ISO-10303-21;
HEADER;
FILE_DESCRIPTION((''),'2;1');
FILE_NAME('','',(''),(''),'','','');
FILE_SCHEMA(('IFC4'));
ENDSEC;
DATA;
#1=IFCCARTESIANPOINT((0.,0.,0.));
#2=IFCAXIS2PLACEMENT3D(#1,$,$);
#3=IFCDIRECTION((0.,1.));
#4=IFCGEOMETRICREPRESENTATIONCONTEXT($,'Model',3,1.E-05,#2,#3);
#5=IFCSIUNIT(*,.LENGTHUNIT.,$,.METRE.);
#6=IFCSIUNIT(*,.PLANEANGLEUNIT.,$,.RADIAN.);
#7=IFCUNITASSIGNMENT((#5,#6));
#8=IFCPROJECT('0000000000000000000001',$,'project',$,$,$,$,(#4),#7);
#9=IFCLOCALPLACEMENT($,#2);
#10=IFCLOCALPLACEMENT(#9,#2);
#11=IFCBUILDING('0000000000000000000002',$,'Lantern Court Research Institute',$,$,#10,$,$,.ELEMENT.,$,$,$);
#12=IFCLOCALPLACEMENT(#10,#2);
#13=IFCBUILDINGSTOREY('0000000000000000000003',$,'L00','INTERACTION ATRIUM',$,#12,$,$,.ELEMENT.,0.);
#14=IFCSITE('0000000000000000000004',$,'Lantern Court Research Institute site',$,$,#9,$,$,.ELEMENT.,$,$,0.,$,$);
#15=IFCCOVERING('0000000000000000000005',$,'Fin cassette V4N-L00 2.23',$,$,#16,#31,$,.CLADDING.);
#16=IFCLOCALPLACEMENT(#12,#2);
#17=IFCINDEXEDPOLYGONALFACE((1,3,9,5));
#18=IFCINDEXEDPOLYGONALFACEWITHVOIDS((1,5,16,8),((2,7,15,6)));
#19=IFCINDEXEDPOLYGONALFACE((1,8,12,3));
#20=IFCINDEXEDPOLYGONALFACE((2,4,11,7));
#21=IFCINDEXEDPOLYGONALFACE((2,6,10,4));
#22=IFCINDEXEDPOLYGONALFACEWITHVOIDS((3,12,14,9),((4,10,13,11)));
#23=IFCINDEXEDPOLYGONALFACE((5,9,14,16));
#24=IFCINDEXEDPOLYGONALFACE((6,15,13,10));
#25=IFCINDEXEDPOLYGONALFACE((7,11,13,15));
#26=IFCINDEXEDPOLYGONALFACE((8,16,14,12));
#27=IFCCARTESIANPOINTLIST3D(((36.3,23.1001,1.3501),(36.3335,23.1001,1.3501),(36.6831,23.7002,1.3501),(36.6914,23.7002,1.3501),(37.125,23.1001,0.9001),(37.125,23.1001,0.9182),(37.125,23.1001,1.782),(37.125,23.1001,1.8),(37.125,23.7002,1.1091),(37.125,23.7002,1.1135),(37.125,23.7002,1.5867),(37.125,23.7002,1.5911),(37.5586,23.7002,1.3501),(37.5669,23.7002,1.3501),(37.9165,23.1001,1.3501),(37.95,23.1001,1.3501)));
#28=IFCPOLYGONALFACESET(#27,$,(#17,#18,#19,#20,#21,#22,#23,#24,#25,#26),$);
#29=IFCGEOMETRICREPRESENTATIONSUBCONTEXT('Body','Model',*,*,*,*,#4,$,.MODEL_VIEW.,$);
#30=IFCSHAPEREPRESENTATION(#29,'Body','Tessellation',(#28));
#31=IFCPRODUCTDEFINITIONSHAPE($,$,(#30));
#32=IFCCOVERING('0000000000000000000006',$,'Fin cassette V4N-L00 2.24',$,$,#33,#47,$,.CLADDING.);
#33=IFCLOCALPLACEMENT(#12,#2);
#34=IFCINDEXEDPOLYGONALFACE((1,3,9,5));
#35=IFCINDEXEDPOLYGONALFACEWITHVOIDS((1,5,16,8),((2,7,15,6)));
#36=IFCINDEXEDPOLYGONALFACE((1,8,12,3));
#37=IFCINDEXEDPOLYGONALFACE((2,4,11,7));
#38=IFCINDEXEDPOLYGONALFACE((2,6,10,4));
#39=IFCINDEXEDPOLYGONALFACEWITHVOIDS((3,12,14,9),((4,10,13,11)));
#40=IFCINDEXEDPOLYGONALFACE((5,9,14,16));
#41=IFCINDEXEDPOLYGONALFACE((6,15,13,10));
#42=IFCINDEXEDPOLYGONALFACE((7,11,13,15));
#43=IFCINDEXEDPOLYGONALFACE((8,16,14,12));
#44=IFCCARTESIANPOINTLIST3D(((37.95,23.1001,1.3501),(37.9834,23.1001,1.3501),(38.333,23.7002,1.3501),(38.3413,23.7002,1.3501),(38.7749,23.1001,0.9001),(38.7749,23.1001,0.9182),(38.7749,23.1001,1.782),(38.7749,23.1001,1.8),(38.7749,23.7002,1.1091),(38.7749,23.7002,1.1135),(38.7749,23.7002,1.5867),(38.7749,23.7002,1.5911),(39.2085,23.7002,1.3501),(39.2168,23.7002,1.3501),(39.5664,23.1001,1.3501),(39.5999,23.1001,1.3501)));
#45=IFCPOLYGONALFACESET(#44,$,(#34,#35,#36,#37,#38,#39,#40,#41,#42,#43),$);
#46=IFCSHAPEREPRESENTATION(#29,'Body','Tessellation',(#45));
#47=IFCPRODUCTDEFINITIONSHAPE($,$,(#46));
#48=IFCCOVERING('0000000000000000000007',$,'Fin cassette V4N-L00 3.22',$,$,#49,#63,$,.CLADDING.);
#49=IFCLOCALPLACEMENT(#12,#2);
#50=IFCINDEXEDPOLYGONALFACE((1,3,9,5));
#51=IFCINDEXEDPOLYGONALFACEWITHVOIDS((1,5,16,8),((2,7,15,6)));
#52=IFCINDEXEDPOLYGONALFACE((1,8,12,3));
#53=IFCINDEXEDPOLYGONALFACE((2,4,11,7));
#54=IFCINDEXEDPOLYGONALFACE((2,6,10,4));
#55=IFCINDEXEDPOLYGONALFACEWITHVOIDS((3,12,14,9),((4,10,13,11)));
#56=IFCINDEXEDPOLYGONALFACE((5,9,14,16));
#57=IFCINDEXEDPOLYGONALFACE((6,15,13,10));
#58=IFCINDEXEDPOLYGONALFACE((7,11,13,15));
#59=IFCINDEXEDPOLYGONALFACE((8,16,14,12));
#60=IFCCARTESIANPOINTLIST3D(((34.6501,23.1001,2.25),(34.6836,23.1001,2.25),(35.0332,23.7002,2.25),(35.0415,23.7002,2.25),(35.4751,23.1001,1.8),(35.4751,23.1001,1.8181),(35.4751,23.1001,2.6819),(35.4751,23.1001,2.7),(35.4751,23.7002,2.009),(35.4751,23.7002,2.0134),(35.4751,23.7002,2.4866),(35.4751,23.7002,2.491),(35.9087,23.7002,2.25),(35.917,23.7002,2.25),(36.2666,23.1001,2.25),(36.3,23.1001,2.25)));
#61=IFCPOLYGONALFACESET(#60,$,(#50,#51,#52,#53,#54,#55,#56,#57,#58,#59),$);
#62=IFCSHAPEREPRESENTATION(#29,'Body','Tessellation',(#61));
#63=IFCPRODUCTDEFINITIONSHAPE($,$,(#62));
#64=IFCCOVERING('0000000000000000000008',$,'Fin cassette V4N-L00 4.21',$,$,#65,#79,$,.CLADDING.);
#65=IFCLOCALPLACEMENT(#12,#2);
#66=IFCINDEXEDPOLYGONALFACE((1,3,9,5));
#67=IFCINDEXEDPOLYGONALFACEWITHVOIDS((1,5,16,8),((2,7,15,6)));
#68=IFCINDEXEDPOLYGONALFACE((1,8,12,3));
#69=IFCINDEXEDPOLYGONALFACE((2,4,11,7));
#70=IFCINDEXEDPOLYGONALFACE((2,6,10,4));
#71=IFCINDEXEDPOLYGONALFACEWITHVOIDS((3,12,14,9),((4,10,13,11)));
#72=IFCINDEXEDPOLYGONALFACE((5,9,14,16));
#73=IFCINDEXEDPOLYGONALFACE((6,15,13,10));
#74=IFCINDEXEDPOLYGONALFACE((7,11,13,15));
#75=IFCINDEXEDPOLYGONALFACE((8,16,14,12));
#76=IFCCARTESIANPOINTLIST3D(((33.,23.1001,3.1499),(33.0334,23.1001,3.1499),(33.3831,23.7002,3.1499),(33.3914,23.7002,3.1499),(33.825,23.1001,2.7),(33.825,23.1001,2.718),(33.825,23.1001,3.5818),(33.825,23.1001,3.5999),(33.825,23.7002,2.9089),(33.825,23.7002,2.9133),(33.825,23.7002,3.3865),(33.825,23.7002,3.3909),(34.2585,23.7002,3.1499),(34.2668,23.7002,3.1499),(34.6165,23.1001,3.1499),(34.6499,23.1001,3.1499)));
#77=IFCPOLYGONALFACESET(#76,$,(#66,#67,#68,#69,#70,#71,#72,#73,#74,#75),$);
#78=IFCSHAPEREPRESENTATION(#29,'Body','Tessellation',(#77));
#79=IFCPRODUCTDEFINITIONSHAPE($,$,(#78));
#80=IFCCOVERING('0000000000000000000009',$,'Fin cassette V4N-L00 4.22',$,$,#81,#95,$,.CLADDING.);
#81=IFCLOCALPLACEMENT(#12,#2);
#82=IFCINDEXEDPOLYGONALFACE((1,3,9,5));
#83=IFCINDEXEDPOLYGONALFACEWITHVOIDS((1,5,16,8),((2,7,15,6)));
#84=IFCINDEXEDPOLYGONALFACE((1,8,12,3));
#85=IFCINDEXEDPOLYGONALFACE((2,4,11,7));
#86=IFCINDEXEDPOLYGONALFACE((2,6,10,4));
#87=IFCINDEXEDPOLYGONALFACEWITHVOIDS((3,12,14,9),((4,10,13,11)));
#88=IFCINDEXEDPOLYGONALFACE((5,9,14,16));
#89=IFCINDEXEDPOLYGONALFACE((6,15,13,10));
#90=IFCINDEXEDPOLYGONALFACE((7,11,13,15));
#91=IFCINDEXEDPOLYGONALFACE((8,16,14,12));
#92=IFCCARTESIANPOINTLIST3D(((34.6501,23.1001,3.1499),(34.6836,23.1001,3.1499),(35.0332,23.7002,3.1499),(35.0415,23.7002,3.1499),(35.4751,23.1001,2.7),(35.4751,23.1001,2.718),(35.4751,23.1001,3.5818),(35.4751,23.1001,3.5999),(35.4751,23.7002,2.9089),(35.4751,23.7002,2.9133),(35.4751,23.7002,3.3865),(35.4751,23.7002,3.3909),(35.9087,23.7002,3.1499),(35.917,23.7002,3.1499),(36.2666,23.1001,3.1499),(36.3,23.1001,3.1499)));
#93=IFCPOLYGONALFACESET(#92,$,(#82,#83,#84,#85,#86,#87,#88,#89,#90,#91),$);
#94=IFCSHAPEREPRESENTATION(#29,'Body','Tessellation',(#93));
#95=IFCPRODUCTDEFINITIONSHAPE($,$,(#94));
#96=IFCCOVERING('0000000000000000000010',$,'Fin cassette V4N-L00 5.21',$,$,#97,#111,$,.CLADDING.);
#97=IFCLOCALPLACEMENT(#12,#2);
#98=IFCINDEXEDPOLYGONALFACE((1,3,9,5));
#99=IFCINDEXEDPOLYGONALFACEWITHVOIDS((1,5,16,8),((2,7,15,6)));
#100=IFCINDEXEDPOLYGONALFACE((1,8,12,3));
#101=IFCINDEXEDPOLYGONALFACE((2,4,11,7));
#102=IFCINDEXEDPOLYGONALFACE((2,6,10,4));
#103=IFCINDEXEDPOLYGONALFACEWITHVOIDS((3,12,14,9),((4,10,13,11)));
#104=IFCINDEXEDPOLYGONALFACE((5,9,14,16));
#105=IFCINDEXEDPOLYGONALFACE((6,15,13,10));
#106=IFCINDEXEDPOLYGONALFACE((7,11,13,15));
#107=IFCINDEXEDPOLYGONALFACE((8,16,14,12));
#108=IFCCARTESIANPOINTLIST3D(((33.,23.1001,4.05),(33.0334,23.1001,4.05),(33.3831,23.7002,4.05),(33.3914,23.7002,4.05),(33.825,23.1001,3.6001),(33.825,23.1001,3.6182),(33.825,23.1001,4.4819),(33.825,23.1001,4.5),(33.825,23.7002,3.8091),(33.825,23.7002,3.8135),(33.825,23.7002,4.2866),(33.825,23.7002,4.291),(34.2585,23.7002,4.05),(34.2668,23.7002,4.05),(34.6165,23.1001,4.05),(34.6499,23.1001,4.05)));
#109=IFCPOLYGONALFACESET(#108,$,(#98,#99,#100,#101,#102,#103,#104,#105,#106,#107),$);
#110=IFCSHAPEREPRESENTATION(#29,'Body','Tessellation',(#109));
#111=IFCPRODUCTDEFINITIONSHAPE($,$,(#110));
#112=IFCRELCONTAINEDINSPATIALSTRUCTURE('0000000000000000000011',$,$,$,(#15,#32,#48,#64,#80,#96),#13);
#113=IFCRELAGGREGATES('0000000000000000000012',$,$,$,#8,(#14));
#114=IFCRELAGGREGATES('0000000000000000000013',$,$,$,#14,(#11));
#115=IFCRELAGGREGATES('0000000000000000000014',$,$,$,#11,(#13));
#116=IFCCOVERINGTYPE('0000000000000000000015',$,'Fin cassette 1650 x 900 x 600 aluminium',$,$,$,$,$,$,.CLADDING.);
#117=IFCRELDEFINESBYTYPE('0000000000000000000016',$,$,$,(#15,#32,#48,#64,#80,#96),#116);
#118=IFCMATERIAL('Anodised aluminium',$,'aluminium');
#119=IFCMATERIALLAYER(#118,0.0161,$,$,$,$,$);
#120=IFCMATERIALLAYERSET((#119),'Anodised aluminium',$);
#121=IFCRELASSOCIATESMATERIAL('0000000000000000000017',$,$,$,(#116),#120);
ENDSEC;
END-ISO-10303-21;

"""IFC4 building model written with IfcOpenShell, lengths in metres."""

from ifc_helpers import new_model, entity, si_unit, direction, frame, origin, place, context, subcontext, project, spatial, material, layer, layer_set, type_object, element, save


model = new_model("IFC4")

# Units and contexts
model_context = context("Model", 3, precision=1e-05, world=origin(), true_north=direction((0.0, 1.0)))
body_context = subcontext(model_context, "Body", "Model", "MODEL_VIEW")
ifc_project = project(units=[si_unit("LENGTHUNIT", "METRE"), si_unit("PLANEANGLEUNIT", "RADIAN")], contexts=[model_context])

# Site, building, storey
site_placement = place(None, origin())
site = spatial("IfcSite", under=ifc_project, at=site_placement, Name="Lantern Court Research Institute site", CompositionType="ELEMENT", RefElevation=0.0)
building_placement = place(site_placement, origin())
building = spatial("IfcBuilding", under=site, at=building_placement, Name="Lantern Court Research Institute", CompositionType="ELEMENT")
storey_placement = place(building_placement, origin())
storey = spatial("IfcBuildingStorey", under=building, at=storey_placement, Name="L00", Description="INTERACTION ATRIUM", CompositionType="ELEMENT", Elevation=0.0)

# Coverings
ifc_material_1 = material(Name="Anodised aluminium", Category="aluminium")
ifc_layer_1 = layer(ifc_material_1, 0.0161)
ifc_layer_set_1 = layer_set([ifc_layer_1], Name="Anodised aluminium")
covering_type = type_object("IfcCoveringType", Name="Fin cassette 1650 x 900 x 600 aluminium", PredefinedType="CLADDING", material=ifc_layer_set_1)
covering_1_placement = place(storey_placement, frame((37.125, 23.1001, 1.3501), z_axis=(0.0, 1.0, 0.0), x_axis=(-1.0, 0.0, 0.0)))
cartesian_point_1 = entity("IfcCartesianPoint", [0.825, 0.0])
cartesian_point_2 = entity("IfcCartesianPoint", [0.7915, 0.0])
cartesian_point_3 = entity("IfcCartesianPoint", [0.4419, 0.0])
cartesian_point_4 = entity("IfcCartesianPoint", [0.4336, 0.0])
element("IfcCovering", 1, at=covering_1_placement, inside=storey, type_object=covering_type, Name="Fin cassette V4N-L00 2.23", PredefinedType="CLADDING", context=body_context, shape_type="SweptSolid", body=[
    entity("IfcExtrudedAreaSolidTapered", entity("IfcArbitraryProfileDefWithVoids", "AREA", None, entity("IfcPolyline", [cartesian_point_1, entity("IfcCartesianPoint", [0.0, 0.45]), entity("IfcCartesianPoint", [-0.825, 0.0]), entity("IfcCartesianPoint", [0.0, -0.45]), cartesian_point_1]), [entity("IfcPolyline", [cartesian_point_2, entity("IfcCartesianPoint", [0.0, 0.4319]), entity("IfcCartesianPoint", [-0.7915, 0.0]), entity("IfcCartesianPoint", [0.0, -0.4319]), cartesian_point_2])]), entity("IfcAxis2Placement3D", entity("IfcCartesianPoint", [0.0, 0.0, 0.0])), entity("IfcDirection", [0.0, 0.0, 1.0]), 0.6001, entity("IfcArbitraryProfileDefWithVoids", "AREA", None, entity("IfcPolyline", [cartesian_point_3, entity("IfcCartesianPoint", [0.0, 0.241]), entity("IfcCartesianPoint", [-0.4419, 0.0]), entity("IfcCartesianPoint", [0.0, -0.241]), cartesian_point_3]), [entity("IfcPolyline", [cartesian_point_4, entity("IfcCartesianPoint", [0.0, 0.2366]), entity("IfcCartesianPoint", [-0.4336, 0.0]), entity("IfcCartesianPoint", [0.0, -0.2366]), cartesian_point_4])])),
])
covering_2_placement = place(storey_placement, frame((38.7749, 23.1001, 1.3501), z_axis=(0.0, 1.0, 0.0), x_axis=(-1.0, 0.0, 0.0)))
cartesian_point_5 = entity("IfcCartesianPoint", [0.825, 0.0])
cartesian_point_6 = entity("IfcCartesianPoint", [0.7915, 0.0])
cartesian_point_7 = entity("IfcCartesianPoint", [0.4419, 0.0])
cartesian_point_8 = entity("IfcCartesianPoint", [0.4336, 0.0])
element("IfcCovering", 2, at=covering_2_placement, inside=storey, type_object=covering_type, Name="Fin cassette V4N-L00 2.24", PredefinedType="CLADDING", context=body_context, shape_type="SweptSolid", body=[
    entity("IfcExtrudedAreaSolidTapered", entity("IfcArbitraryProfileDefWithVoids", "AREA", None, entity("IfcPolyline", [cartesian_point_5, entity("IfcCartesianPoint", [0.0, 0.45]), entity("IfcCartesianPoint", [-0.825, 0.0]), entity("IfcCartesianPoint", [0.0, -0.45]), cartesian_point_5]), [entity("IfcPolyline", [cartesian_point_6, entity("IfcCartesianPoint", [0.0, 0.4319]), entity("IfcCartesianPoint", [-0.7915, 0.0]), entity("IfcCartesianPoint", [0.0, -0.4319]), cartesian_point_6])]), entity("IfcAxis2Placement3D", entity("IfcCartesianPoint", [0.0, 0.0, 0.0])), entity("IfcDirection", [0.0, 0.0, 1.0]), 0.6001, entity("IfcArbitraryProfileDefWithVoids", "AREA", None, entity("IfcPolyline", [cartesian_point_7, entity("IfcCartesianPoint", [0.0, 0.241]), entity("IfcCartesianPoint", [-0.4419, 0.0]), entity("IfcCartesianPoint", [0.0, -0.241]), cartesian_point_7]), [entity("IfcPolyline", [cartesian_point_8, entity("IfcCartesianPoint", [0.0, 0.2366]), entity("IfcCartesianPoint", [-0.4336, 0.0]), entity("IfcCartesianPoint", [0.0, -0.2366]), cartesian_point_8])])),
])
covering_3_placement = place(storey_placement, frame((35.4751, 23.1001, 2.25), z_axis=(0.0, 1.0, 0.0), x_axis=(-1.0, 0.0, 0.0)))
cartesian_point_9 = entity("IfcCartesianPoint", [0.825, 0.0])
cartesian_point_10 = entity("IfcCartesianPoint", [0.7915, 0.0])
cartesian_point_11 = entity("IfcCartesianPoint", [0.4419, 0.0])
cartesian_point_12 = entity("IfcCartesianPoint", [0.4336, 0.0])
element("IfcCovering", 3, at=covering_3_placement, inside=storey, type_object=covering_type, Name="Fin cassette V4N-L00 3.22", PredefinedType="CLADDING", context=body_context, shape_type="SweptSolid", body=[
    entity("IfcExtrudedAreaSolidTapered", entity("IfcArbitraryProfileDefWithVoids", "AREA", None, entity("IfcPolyline", [cartesian_point_9, entity("IfcCartesianPoint", [0.0, 0.45]), entity("IfcCartesianPoint", [-0.825, 0.0]), entity("IfcCartesianPoint", [0.0, -0.45]), cartesian_point_9]), [entity("IfcPolyline", [cartesian_point_10, entity("IfcCartesianPoint", [0.0, 0.4319]), entity("IfcCartesianPoint", [-0.7915, 0.0]), entity("IfcCartesianPoint", [0.0, -0.4319]), cartesian_point_10])]), entity("IfcAxis2Placement3D", entity("IfcCartesianPoint", [0.0, 0.0, 0.0])), entity("IfcDirection", [0.0, 0.0, 1.0]), 0.6001, entity("IfcArbitraryProfileDefWithVoids", "AREA", None, entity("IfcPolyline", [cartesian_point_11, entity("IfcCartesianPoint", [0.0, 0.241]), entity("IfcCartesianPoint", [-0.4419, 0.0]), entity("IfcCartesianPoint", [0.0, -0.241]), cartesian_point_11]), [entity("IfcPolyline", [cartesian_point_12, entity("IfcCartesianPoint", [0.0, 0.2366]), entity("IfcCartesianPoint", [-0.4336, 0.0]), entity("IfcCartesianPoint", [0.0, -0.2366]), cartesian_point_12])])),
])
covering_4_placement = place(storey_placement, frame((33.825, 23.1001, 3.1499), z_axis=(0.0, 1.0, 0.0), x_axis=(-1.0, 0.0, 0.0)))
cartesian_point_13 = entity("IfcCartesianPoint", [0.825, 0.0])
cartesian_point_14 = entity("IfcCartesianPoint", [0.7915, 0.0])
cartesian_point_15 = entity("IfcCartesianPoint", [0.4419, 0.0])
cartesian_point_16 = entity("IfcCartesianPoint", [0.4336, 0.0])
element("IfcCovering", 4, at=covering_4_placement, inside=storey, type_object=covering_type, Name="Fin cassette V4N-L00 4.21", PredefinedType="CLADDING", context=body_context, shape_type="SweptSolid", body=[
    entity("IfcExtrudedAreaSolidTapered", entity("IfcArbitraryProfileDefWithVoids", "AREA", None, entity("IfcPolyline", [cartesian_point_13, entity("IfcCartesianPoint", [0.0, 0.45]), entity("IfcCartesianPoint", [-0.825, 0.0]), entity("IfcCartesianPoint", [0.0, -0.45]), cartesian_point_13]), [entity("IfcPolyline", [cartesian_point_14, entity("IfcCartesianPoint", [0.0, 0.4319]), entity("IfcCartesianPoint", [-0.7915, 0.0]), entity("IfcCartesianPoint", [0.0, -0.4319]), cartesian_point_14])]), entity("IfcAxis2Placement3D", entity("IfcCartesianPoint", [0.0, 0.0, 0.0])), entity("IfcDirection", [0.0, 0.0, 1.0]), 0.6001, entity("IfcArbitraryProfileDefWithVoids", "AREA", None, entity("IfcPolyline", [cartesian_point_15, entity("IfcCartesianPoint", [0.0, 0.241]), entity("IfcCartesianPoint", [-0.4419, 0.0]), entity("IfcCartesianPoint", [0.0, -0.241]), cartesian_point_15]), [entity("IfcPolyline", [cartesian_point_16, entity("IfcCartesianPoint", [0.0, 0.2366]), entity("IfcCartesianPoint", [-0.4336, 0.0]), entity("IfcCartesianPoint", [0.0, -0.2366]), cartesian_point_16])])),
])
covering_5_placement = place(storey_placement, frame((35.4751, 23.1001, 3.1499), z_axis=(0.0, 1.0, 0.0), x_axis=(-1.0, 0.0, 0.0)))
cartesian_point_17 = entity("IfcCartesianPoint", [0.825, 0.0])
cartesian_point_18 = entity("IfcCartesianPoint", [0.7915, 0.0])
cartesian_point_19 = entity("IfcCartesianPoint", [0.4419, 0.0])
cartesian_point_20 = entity("IfcCartesianPoint", [0.4336, 0.0])
element("IfcCovering", 5, at=covering_5_placement, inside=storey, type_object=covering_type, Name="Fin cassette V4N-L00 4.22", PredefinedType="CLADDING", context=body_context, shape_type="SweptSolid", body=[
    entity("IfcExtrudedAreaSolidTapered", entity("IfcArbitraryProfileDefWithVoids", "AREA", None, entity("IfcPolyline", [cartesian_point_17, entity("IfcCartesianPoint", [0.0, 0.45]), entity("IfcCartesianPoint", [-0.825, 0.0]), entity("IfcCartesianPoint", [0.0, -0.45]), cartesian_point_17]), [entity("IfcPolyline", [cartesian_point_18, entity("IfcCartesianPoint", [0.0, 0.4319]), entity("IfcCartesianPoint", [-0.7915, 0.0]), entity("IfcCartesianPoint", [0.0, -0.4319]), cartesian_point_18])]), entity("IfcAxis2Placement3D", entity("IfcCartesianPoint", [0.0, 0.0, 0.0])), entity("IfcDirection", [0.0, 0.0, 1.0]), 0.6001, entity("IfcArbitraryProfileDefWithVoids", "AREA", None, entity("IfcPolyline", [cartesian_point_19, entity("IfcCartesianPoint", [0.0, 0.241]), entity("IfcCartesianPoint", [-0.4419, 0.0]), entity("IfcCartesianPoint", [0.0, -0.241]), cartesian_point_19]), [entity("IfcPolyline", [cartesian_point_20, entity("IfcCartesianPoint", [0.0, 0.2366]), entity("IfcCartesianPoint", [-0.4336, 0.0]), entity("IfcCartesianPoint", [0.0, -0.2366]), cartesian_point_20])])),
])
covering_6_placement = place(storey_placement, frame((33.825, 23.1001, 4.05), z_axis=(0.0, 1.0, 0.0), x_axis=(-1.0, 0.0, 0.0)))
cartesian_point_21 = entity("IfcCartesianPoint", [0.825, 0.0])
cartesian_point_22 = entity("IfcCartesianPoint", [0.7915, 0.0])
cartesian_point_23 = entity("IfcCartesianPoint", [0.4419, 0.0])
cartesian_point_24 = entity("IfcCartesianPoint", [0.4336, 0.0])
element("IfcCovering", 6, at=covering_6_placement, inside=storey, type_object=covering_type, Name="Fin cassette V4N-L00 5.21", PredefinedType="CLADDING", context=body_context, shape_type="SweptSolid", body=[
    entity("IfcExtrudedAreaSolidTapered", entity("IfcArbitraryProfileDefWithVoids", "AREA", None, entity("IfcPolyline", [cartesian_point_21, entity("IfcCartesianPoint", [0.0, 0.45]), entity("IfcCartesianPoint", [-0.825, 0.0]), entity("IfcCartesianPoint", [0.0, -0.45]), cartesian_point_21]), [entity("IfcPolyline", [cartesian_point_22, entity("IfcCartesianPoint", [0.0, 0.4319]), entity("IfcCartesianPoint", [-0.7915, 0.0]), entity("IfcCartesianPoint", [0.0, -0.4319]), cartesian_point_22])]), entity("IfcAxis2Placement3D", entity("IfcCartesianPoint", [0.0, 0.0, 0.0])), entity("IfcDirection", [0.0, 0.0, 1.0]), 0.6001, entity("IfcArbitraryProfileDefWithVoids", "AREA", None, entity("IfcPolyline", [cartesian_point_23, entity("IfcCartesianPoint", [0.0, 0.241]), entity("IfcCartesianPoint", [-0.4419, 0.0]), entity("IfcCartesianPoint", [0.0, -0.241]), cartesian_point_23]), [entity("IfcPolyline", [cartesian_point_24, entity("IfcCartesianPoint", [0.0, 0.2366]), entity("IfcCartesianPoint", [-0.4336, 0.0]), entity("IfcCartesianPoint", [0.0, -0.2366]), cartesian_point_24])])),
])

save(model, "model.ifc")
